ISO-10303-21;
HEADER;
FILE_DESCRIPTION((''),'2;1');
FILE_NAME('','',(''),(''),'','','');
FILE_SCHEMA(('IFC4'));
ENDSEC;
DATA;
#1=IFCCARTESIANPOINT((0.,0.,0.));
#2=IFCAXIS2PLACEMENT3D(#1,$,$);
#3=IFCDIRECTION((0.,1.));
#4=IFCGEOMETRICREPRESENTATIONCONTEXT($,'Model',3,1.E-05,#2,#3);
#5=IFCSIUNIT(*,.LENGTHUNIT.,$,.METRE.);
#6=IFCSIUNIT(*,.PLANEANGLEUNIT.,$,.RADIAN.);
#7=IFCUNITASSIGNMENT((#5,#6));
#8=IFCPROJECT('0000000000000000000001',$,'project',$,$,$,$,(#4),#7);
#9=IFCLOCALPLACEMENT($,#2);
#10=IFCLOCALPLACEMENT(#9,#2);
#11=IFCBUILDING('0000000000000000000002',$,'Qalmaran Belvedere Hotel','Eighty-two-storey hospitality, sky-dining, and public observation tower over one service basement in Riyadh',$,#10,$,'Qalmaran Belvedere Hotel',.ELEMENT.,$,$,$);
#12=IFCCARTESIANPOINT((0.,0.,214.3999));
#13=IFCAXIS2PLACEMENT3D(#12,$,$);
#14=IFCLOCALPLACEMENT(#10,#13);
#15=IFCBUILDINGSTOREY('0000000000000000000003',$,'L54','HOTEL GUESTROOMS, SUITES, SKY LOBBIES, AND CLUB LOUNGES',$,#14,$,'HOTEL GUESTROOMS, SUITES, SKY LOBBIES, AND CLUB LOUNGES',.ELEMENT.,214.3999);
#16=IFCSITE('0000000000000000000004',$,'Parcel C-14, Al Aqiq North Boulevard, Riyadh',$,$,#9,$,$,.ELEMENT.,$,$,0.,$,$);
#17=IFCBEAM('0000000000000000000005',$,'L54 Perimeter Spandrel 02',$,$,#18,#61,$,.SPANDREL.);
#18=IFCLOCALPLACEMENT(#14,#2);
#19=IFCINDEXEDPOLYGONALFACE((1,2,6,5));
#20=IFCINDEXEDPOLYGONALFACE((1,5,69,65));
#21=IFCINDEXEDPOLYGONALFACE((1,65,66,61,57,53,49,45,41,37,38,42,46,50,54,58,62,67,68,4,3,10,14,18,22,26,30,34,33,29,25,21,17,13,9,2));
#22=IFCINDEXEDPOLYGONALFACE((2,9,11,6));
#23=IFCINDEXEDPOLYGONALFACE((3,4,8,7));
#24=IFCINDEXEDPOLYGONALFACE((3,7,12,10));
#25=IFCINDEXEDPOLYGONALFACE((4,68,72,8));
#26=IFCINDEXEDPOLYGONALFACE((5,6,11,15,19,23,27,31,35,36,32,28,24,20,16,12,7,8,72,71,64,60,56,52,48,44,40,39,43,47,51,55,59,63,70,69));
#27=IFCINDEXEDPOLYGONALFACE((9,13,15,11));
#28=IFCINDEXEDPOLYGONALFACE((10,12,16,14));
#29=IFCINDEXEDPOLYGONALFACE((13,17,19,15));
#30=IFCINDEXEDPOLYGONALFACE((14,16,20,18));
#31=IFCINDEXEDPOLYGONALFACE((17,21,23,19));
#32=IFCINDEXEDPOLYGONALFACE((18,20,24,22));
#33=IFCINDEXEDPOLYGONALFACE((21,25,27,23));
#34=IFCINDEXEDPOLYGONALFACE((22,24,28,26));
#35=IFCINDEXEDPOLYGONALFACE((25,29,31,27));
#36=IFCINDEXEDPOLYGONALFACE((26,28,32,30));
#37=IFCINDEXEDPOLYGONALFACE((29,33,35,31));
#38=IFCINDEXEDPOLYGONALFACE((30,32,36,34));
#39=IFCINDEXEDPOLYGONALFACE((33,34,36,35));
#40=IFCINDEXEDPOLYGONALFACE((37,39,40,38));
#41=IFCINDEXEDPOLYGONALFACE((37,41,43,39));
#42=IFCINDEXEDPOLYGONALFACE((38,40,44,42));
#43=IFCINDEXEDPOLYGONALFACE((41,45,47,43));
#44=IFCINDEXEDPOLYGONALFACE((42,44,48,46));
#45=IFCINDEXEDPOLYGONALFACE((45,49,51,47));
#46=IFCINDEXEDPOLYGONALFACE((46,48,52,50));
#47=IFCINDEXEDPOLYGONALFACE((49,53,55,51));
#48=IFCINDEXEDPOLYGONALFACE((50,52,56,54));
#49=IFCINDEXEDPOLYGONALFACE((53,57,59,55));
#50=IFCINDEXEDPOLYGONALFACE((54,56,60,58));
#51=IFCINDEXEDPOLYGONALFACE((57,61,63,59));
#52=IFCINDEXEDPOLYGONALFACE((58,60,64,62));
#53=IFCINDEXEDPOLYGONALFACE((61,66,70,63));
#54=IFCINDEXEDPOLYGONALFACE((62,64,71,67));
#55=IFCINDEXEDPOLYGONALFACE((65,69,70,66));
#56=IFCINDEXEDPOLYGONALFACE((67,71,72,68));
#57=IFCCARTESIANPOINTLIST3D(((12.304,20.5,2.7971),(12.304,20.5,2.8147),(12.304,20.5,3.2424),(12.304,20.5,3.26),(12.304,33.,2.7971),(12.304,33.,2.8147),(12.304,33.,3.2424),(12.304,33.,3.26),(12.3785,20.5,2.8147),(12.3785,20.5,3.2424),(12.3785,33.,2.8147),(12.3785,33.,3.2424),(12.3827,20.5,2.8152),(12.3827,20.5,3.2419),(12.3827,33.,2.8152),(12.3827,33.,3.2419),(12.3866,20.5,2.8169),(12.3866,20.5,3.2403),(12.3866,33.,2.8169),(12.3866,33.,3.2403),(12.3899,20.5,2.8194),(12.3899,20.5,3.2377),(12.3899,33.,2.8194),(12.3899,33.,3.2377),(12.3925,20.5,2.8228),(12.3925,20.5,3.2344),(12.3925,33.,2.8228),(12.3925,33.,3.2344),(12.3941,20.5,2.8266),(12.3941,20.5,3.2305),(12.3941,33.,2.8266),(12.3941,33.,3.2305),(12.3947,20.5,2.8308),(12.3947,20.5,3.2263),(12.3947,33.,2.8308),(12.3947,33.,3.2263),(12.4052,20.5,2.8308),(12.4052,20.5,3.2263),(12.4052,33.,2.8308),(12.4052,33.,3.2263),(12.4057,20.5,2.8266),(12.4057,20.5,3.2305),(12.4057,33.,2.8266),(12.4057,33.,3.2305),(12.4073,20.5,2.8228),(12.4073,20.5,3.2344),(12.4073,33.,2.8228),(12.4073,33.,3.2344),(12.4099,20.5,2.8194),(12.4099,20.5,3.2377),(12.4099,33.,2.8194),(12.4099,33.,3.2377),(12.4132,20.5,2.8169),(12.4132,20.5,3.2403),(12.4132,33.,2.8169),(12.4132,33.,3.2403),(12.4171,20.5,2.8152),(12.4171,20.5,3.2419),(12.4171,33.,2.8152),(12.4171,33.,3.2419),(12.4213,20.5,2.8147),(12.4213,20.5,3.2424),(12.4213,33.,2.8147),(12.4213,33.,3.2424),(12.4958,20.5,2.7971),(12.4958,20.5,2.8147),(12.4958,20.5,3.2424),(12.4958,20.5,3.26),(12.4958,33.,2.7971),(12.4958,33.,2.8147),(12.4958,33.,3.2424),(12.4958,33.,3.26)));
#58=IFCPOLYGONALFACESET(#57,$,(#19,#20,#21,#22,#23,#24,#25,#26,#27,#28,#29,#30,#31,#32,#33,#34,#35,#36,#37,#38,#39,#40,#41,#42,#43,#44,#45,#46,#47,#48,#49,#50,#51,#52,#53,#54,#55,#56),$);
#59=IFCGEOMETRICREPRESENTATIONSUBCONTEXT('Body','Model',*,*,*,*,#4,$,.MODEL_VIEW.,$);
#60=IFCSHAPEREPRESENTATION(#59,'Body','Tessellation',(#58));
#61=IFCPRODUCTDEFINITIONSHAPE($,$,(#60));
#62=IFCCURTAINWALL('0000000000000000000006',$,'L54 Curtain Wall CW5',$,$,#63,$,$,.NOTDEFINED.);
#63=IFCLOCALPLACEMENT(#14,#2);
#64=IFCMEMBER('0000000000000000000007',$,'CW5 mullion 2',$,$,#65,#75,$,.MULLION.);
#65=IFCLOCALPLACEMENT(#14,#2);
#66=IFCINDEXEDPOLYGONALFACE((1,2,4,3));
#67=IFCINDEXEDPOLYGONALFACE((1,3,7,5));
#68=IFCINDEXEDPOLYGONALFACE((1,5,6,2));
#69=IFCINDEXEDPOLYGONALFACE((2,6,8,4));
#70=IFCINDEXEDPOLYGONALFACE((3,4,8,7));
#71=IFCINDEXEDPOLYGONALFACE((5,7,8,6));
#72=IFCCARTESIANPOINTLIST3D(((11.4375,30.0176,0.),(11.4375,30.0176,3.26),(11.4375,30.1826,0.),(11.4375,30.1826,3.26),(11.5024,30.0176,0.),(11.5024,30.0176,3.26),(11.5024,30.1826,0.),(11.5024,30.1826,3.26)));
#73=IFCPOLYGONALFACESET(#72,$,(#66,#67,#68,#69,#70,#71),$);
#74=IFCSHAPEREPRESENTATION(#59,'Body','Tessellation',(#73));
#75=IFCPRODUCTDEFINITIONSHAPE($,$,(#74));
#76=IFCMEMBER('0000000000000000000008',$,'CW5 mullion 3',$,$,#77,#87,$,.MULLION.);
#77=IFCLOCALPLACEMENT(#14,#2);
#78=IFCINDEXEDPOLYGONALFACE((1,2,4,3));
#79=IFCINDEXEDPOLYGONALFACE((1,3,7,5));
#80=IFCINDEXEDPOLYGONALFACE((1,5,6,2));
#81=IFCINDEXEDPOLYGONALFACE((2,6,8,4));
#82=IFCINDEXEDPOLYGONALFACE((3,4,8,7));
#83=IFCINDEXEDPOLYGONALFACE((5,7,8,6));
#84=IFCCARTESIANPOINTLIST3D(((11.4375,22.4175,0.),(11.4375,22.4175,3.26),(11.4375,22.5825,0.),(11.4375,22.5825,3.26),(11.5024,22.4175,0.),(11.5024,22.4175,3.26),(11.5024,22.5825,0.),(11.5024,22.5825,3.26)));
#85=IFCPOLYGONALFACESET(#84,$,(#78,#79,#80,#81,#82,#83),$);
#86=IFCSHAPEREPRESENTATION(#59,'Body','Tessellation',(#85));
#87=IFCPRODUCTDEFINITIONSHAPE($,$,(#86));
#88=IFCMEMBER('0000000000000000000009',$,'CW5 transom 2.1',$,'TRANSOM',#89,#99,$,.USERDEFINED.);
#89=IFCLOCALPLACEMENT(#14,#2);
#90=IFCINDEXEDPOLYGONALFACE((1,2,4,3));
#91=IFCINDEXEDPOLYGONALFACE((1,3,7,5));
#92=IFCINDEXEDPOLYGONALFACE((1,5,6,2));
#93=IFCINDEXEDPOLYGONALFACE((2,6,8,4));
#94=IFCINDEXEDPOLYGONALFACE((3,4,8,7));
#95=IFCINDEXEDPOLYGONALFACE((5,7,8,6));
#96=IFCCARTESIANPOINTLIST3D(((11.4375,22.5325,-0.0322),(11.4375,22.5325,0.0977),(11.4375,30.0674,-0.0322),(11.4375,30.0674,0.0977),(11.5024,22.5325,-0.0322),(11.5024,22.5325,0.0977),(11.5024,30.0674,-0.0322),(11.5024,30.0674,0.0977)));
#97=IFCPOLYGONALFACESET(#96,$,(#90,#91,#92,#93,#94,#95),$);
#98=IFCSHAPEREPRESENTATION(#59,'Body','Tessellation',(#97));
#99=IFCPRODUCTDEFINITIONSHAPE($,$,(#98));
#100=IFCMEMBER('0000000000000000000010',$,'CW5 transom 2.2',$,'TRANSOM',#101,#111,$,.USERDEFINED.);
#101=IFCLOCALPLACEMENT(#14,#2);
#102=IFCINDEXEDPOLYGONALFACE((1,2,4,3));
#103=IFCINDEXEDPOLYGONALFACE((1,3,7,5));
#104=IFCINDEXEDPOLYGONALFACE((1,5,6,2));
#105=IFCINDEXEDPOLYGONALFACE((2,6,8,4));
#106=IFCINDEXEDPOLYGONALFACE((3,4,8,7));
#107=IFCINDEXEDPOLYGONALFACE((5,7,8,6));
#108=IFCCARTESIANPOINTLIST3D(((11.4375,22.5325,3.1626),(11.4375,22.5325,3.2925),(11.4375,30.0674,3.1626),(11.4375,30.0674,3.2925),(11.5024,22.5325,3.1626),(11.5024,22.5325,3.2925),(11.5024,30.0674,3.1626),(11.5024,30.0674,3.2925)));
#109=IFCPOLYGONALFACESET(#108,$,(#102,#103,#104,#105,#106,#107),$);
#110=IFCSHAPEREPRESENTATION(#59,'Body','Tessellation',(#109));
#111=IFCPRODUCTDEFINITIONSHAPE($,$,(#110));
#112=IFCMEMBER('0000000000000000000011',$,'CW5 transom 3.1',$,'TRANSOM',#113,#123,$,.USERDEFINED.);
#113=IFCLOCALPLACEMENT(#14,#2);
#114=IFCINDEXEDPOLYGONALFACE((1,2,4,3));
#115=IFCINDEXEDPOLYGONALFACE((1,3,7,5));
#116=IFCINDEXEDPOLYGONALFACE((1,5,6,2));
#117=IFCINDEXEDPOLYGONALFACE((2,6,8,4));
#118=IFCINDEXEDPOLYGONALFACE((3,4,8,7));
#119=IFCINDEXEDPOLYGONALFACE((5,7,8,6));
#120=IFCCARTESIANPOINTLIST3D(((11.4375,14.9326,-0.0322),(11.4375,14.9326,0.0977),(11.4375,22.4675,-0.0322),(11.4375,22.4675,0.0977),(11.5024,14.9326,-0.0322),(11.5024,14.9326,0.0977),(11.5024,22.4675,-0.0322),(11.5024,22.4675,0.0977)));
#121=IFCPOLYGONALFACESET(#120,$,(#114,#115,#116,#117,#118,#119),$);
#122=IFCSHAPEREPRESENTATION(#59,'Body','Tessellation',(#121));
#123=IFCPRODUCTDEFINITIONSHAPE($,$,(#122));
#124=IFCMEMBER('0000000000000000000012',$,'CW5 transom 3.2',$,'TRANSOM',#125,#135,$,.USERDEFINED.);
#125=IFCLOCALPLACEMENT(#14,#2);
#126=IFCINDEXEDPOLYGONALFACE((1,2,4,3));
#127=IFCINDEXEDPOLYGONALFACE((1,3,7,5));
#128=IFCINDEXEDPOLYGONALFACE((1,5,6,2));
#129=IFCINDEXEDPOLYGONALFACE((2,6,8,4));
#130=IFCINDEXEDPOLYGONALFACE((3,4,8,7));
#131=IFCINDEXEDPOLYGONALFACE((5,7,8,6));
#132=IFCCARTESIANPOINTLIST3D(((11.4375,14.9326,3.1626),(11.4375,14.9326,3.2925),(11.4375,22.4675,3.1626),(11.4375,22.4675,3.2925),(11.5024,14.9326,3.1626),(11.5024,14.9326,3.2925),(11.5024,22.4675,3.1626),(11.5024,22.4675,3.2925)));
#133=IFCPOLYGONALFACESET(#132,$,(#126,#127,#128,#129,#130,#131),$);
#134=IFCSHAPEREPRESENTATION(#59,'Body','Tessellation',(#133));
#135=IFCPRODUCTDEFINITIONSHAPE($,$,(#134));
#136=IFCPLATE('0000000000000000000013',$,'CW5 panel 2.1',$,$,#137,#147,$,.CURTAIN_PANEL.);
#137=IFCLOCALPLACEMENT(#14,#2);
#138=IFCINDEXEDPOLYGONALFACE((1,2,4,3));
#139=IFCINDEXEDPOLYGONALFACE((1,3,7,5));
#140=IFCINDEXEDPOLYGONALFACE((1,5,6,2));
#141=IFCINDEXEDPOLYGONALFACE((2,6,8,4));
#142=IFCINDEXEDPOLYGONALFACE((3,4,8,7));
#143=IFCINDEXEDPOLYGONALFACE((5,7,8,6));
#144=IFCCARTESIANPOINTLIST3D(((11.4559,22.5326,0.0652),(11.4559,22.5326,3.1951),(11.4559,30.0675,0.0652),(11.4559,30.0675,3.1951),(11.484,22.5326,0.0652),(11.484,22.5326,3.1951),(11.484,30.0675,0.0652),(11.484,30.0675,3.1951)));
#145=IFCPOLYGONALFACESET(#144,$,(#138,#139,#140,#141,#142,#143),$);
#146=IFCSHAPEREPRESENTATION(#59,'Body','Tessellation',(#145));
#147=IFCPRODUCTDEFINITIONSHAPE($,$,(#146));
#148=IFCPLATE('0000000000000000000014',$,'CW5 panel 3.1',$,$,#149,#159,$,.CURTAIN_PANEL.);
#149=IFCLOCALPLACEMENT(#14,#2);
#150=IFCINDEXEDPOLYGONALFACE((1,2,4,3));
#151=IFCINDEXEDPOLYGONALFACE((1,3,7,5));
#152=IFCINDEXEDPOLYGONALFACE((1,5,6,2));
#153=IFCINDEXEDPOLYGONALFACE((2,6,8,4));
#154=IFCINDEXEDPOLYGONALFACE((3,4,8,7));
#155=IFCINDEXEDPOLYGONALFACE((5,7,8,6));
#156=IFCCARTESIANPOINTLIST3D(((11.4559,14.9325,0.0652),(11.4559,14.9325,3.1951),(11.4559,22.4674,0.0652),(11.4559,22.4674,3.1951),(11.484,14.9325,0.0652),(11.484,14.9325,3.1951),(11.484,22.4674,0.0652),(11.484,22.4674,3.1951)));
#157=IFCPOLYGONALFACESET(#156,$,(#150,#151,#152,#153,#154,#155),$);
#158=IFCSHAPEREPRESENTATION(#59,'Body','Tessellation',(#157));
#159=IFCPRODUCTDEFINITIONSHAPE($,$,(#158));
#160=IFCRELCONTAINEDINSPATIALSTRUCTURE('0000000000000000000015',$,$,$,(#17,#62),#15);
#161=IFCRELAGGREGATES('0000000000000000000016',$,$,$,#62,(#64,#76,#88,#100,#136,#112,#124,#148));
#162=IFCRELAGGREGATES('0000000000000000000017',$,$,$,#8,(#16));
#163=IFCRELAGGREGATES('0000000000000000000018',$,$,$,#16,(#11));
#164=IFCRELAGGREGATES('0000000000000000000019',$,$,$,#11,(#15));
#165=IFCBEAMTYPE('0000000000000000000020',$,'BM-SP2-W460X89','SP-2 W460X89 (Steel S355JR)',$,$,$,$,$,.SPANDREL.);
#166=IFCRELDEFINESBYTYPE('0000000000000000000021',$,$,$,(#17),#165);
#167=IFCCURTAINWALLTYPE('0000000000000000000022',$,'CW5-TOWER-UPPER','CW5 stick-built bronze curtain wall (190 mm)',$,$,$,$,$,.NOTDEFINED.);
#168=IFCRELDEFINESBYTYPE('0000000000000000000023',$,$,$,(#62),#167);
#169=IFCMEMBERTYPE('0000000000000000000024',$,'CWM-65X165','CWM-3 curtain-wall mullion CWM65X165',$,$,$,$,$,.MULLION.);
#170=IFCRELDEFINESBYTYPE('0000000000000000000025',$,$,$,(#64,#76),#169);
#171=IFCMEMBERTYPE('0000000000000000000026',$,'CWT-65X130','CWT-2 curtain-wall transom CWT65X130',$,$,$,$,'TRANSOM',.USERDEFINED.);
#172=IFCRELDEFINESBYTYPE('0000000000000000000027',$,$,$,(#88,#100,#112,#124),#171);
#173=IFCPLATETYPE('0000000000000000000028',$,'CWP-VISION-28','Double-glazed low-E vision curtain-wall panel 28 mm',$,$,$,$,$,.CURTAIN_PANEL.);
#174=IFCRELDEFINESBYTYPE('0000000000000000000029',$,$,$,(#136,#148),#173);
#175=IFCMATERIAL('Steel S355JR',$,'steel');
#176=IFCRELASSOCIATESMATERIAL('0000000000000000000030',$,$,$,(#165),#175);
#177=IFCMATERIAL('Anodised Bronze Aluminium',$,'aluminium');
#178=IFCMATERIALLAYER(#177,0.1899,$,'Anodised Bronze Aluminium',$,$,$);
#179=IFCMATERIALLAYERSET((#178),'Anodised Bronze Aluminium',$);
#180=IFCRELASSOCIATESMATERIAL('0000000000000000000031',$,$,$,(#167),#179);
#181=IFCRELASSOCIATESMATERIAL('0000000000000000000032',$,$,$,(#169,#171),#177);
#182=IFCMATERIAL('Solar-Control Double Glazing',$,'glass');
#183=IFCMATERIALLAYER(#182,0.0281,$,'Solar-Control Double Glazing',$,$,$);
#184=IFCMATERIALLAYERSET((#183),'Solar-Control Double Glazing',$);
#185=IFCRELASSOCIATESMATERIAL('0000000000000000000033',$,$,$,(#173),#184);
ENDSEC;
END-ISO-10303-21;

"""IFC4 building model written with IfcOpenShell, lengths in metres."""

from ifc_helpers import new_model, si_unit, direction, frame, origin, origin_2d, place, context, subcontext, project, spatial, rectangle, i_section, extrude, material, layer, layer_set, material_profile, profile_set, type_object, element, aggregate, save


model = new_model("IFC4")

# Units and contexts
model_context = context("Model", 3, precision=1e-05, world=origin(), true_north=direction((0.0, 1.0)))
body_context = subcontext(model_context, "Body", "Model", "MODEL_VIEW")
ifc_project = project(units=[si_unit("LENGTHUNIT", "METRE"), si_unit("PLANEANGLEUNIT", "RADIAN")], contexts=[model_context])

# Site, building, storey
site_placement = place(None, origin())
site = spatial("IfcSite", under=ifc_project, at=site_placement, Name="Parcel C-14, Al Aqiq North Boulevard, Riyadh", CompositionType="ELEMENT", RefElevation=0.0)
building_placement = place(site_placement, origin())
building = spatial("IfcBuilding", under=site, at=building_placement, Name="Qalmaran Belvedere Hotel", Description="Eighty-two-storey hospitality, sky-dining, and public observation tower over one service basement in Riyadh", LongName="Qalmaran Belvedere Hotel", CompositionType="ELEMENT")
storey_placement = place(building_placement, frame((0.0, 0.0, 214.3999)))
storey = spatial("IfcBuildingStorey", under=building, at=storey_placement, Name="L54", Description="HOTEL GUESTROOMS, SUITES, SKY LOBBIES, AND CLUB LOUNGES", LongName="HOTEL GUESTROOMS, SUITES, SKY LOBBIES, AND CLUB LOUNGES", CompositionType="ELEMENT", Elevation=214.3999)

# Beam
ifc_material_1 = material(Name="Steel S355JR", Category="steel")
ifc_material_profile_1 = material_profile(ifc_material_1, i_section(OverallWidth=0.1919, OverallDepth=0.4629, WebThickness=0.0105, FlangeThickness=0.0176, FilletRadius=0.0161, at=origin_2d()), Name="W460X89")
ifc_profile_set_1 = profile_set([ifc_material_profile_1], Name="Steel S355JR")
beam_type_1 = type_object("IfcBeamType", Name="BM-SP2-W460X89", Description="SP-2 W460X89 (Steel S355JR)", PredefinedType="SPANDREL", material=ifc_profile_set_1)
beam_1_placement = place(storey_placement, frame((12.3999, 20.5, 3.0286), z_axis=(0.0, 1.0, 0.0), x_axis=(-1.0, 0.0, 0.0)))
element("IfcBeam", 1, at=beam_1_placement, inside=storey, type_object=beam_type_1, Name="L54 Perimeter Spandrel 02", PredefinedType="SPANDREL", context=body_context, shape_type="SweptSolid", body=[
    extrude(i_section(OverallWidth=0.1919, OverallDepth=0.4629, WebThickness=0.0105, FlangeThickness=0.0176, FilletRadius=0.0161, at=origin_2d()), origin(), (0.0, 0.0, 1.0), 12.5),
])

# Curtain wall, members, plates
ifc_material_2 = material(Name="Anodised Bronze Aluminium", Category="aluminium")
ifc_layer_1 = layer(ifc_material_2, 0.1899, Name="Anodised Bronze Aluminium")
ifc_layer_set_1 = layer_set([ifc_layer_1], Name="Anodised Bronze Aluminium")
curtain_wall_type = type_object("IfcCurtainWallType", Name="CW5-TOWER-UPPER", Description="CW5 stick-built bronze curtain wall (190 mm)", PredefinedType="NOTDEFINED", material=ifc_layer_set_1)
curtain_wall_placement = place(storey_placement, origin())
curtain_wall = element("IfcCurtainWall", 2, at=curtain_wall_placement, inside=storey, type_object=curtain_wall_type, Name="L54 Curtain Wall CW5", PredefinedType="NOTDEFINED")
ifc_material_profile_2 = material_profile(ifc_material_2, rectangle(XDim=0.0649, YDim=0.165, at=origin_2d()), Name="CWM65X165")
ifc_profile_set_2 = profile_set([ifc_material_profile_2], Name="Anodised Bronze Aluminium")
member_type_1 = type_object("IfcMemberType", Name="CWM-65X165", Description="CWM-3 curtain-wall mullion CWM65X165", PredefinedType="MULLION", material=ifc_profile_set_2)
member_1_placement = place(storey_placement, frame((11.47, 30.1001, 0.0), z_axis=(0.0, 0.0, 1.0), x_axis=(1.0, 0.0, 0.0)))
member_1 = element("IfcMember", 3, at=member_1_placement, type_object=member_type_1, Name="CW5 mullion 2", PredefinedType="MULLION", context=body_context, shape_type="SweptSolid", body=[
    extrude(rectangle(XDim=0.0649, YDim=0.165, at=origin_2d()), origin(), (0.0, 0.0, 1.0), 3.26),
])
member_2_placement = place(storey_placement, frame((11.47, 22.5, 0.0), z_axis=(0.0, 0.0, 1.0), x_axis=(1.0, 0.0, 0.0)))
member_2 = element("IfcMember", 4, at=member_2_placement, type_object=member_type_1, Name="CW5 mullion 3", PredefinedType="MULLION", context=body_context, shape_type="SweptSolid", body=[
    extrude(rectangle(XDim=0.0649, YDim=0.165, at=origin_2d()), origin(), (0.0, 0.0, 1.0), 3.26),
])
ifc_material_profile_3 = material_profile(ifc_material_2, rectangle(XDim=0.0649, YDim=0.1299, at=origin_2d()), Name="CWT65X130")
ifc_profile_set_3 = profile_set([ifc_material_profile_3], Name="Anodised Bronze Aluminium")
member_type_2 = type_object("IfcMemberType", Name="CWT-65X130", Description="CWT-2 curtain-wall transom CWT65X130", ElementType="TRANSOM", PredefinedType="USERDEFINED", material=ifc_profile_set_3)
member_3_placement = place(storey_placement, frame((11.47, 30.0674, 0.0327), z_axis=(0.0, -1.0, 0.0), x_axis=(1.0, 0.0, 0.0)))
member_3 = element("IfcMember", 5, at=member_3_placement, type_object=member_type_2, Name="CW5 transom 2.1", ObjectType="TRANSOM", PredefinedType="USERDEFINED", context=body_context, shape_type="SweptSolid", body=[
    extrude(rectangle(XDim=0.0649, YDim=0.1299, at=origin_2d()), origin(), (0.0, 0.0, 1.0), 7.5349),
])
member_4_placement = place(storey_placement, frame((11.47, 30.0674, 3.2275), z_axis=(0.0, -1.0, 0.0), x_axis=(1.0, 0.0, 0.0)))
member_4 = element("IfcMember", 6, at=member_4_placement, type_object=member_type_2, Name="CW5 transom 2.2", ObjectType="TRANSOM", PredefinedType="USERDEFINED", context=body_context, shape_type="SweptSolid", body=[
    extrude(rectangle(XDim=0.0649, YDim=0.1299, at=origin_2d()), origin(), (0.0, 0.0, 1.0), 7.5349),
])
member_5_placement = place(storey_placement, frame((11.47, 22.4675, 0.0327), z_axis=(0.0, -1.0, 0.0), x_axis=(1.0, 0.0, 0.0)))
member_5 = element("IfcMember", 7, at=member_5_placement, type_object=member_type_2, Name="CW5 transom 3.1", ObjectType="TRANSOM", PredefinedType="USERDEFINED", context=body_context, shape_type="SweptSolid", body=[
    extrude(rectangle(XDim=0.0649, YDim=0.1299, at=origin_2d()), origin(), (0.0, 0.0, 1.0), 7.5349),
])
member_6_placement = place(storey_placement, frame((11.47, 22.4675, 3.2275), z_axis=(0.0, -1.0, 0.0), x_axis=(1.0, 0.0, 0.0)))
member_6 = element("IfcMember", 8, at=member_6_placement, type_object=member_type_2, Name="CW5 transom 3.2", ObjectType="TRANSOM", PredefinedType="USERDEFINED", context=body_context, shape_type="SweptSolid", body=[
    extrude(rectangle(XDim=0.0649, YDim=0.1299, at=origin_2d()), origin(), (0.0, 0.0, 1.0), 7.5349),
])
ifc_material_3 = material(Name="Solar-Control Double Glazing", Category="glass")
ifc_layer_2 = layer(ifc_material_3, 0.0281, Name="Solar-Control Double Glazing")
ifc_layer_set_2 = layer_set([ifc_layer_2], Name="Solar-Control Double Glazing")
plate_type = type_object("IfcPlateType", Name="CWP-VISION-28", Description="Double-glazed low-E vision curtain-wall panel 28 mm", PredefinedType="CURTAIN_PANEL", material=ifc_layer_set_2)
plate_1_placement = place(storey_placement, frame((11.47, 26.3, 0.0652), z_axis=(0.0, 0.0, 1.0), x_axis=(0.0, -1.0, 0.0)))
plate_1 = element("IfcPlate", 9, at=plate_1_placement, type_object=plate_type, Name="CW5 panel 2.1", PredefinedType="CURTAIN_PANEL", context=body_context, shape_type="SweptSolid", body=[
    extrude(rectangle(XDim=7.5349, YDim=0.0281, at=origin_2d()), origin(), (0.0, 0.0, 1.0), 3.1299),
])
plate_2_placement = place(storey_placement, frame((11.47, 18.7, 0.0652), z_axis=(0.0, 0.0, 1.0), x_axis=(0.0, -1.0, 0.0)))
plate_2 = element("IfcPlate", 10, at=plate_2_placement, type_object=plate_type, Name="CW5 panel 3.1", PredefinedType="CURTAIN_PANEL", context=body_context, shape_type="SweptSolid", body=[
    extrude(rectangle(XDim=7.5349, YDim=0.0281, at=origin_2d()), origin(), (0.0, 0.0, 1.0), 3.1299),
])
aggregate(curtain_wall, [member_1, member_2, member_3, member_4, plate_1, member_5, member_6, plate_2])

save(model, "model.ifc")
